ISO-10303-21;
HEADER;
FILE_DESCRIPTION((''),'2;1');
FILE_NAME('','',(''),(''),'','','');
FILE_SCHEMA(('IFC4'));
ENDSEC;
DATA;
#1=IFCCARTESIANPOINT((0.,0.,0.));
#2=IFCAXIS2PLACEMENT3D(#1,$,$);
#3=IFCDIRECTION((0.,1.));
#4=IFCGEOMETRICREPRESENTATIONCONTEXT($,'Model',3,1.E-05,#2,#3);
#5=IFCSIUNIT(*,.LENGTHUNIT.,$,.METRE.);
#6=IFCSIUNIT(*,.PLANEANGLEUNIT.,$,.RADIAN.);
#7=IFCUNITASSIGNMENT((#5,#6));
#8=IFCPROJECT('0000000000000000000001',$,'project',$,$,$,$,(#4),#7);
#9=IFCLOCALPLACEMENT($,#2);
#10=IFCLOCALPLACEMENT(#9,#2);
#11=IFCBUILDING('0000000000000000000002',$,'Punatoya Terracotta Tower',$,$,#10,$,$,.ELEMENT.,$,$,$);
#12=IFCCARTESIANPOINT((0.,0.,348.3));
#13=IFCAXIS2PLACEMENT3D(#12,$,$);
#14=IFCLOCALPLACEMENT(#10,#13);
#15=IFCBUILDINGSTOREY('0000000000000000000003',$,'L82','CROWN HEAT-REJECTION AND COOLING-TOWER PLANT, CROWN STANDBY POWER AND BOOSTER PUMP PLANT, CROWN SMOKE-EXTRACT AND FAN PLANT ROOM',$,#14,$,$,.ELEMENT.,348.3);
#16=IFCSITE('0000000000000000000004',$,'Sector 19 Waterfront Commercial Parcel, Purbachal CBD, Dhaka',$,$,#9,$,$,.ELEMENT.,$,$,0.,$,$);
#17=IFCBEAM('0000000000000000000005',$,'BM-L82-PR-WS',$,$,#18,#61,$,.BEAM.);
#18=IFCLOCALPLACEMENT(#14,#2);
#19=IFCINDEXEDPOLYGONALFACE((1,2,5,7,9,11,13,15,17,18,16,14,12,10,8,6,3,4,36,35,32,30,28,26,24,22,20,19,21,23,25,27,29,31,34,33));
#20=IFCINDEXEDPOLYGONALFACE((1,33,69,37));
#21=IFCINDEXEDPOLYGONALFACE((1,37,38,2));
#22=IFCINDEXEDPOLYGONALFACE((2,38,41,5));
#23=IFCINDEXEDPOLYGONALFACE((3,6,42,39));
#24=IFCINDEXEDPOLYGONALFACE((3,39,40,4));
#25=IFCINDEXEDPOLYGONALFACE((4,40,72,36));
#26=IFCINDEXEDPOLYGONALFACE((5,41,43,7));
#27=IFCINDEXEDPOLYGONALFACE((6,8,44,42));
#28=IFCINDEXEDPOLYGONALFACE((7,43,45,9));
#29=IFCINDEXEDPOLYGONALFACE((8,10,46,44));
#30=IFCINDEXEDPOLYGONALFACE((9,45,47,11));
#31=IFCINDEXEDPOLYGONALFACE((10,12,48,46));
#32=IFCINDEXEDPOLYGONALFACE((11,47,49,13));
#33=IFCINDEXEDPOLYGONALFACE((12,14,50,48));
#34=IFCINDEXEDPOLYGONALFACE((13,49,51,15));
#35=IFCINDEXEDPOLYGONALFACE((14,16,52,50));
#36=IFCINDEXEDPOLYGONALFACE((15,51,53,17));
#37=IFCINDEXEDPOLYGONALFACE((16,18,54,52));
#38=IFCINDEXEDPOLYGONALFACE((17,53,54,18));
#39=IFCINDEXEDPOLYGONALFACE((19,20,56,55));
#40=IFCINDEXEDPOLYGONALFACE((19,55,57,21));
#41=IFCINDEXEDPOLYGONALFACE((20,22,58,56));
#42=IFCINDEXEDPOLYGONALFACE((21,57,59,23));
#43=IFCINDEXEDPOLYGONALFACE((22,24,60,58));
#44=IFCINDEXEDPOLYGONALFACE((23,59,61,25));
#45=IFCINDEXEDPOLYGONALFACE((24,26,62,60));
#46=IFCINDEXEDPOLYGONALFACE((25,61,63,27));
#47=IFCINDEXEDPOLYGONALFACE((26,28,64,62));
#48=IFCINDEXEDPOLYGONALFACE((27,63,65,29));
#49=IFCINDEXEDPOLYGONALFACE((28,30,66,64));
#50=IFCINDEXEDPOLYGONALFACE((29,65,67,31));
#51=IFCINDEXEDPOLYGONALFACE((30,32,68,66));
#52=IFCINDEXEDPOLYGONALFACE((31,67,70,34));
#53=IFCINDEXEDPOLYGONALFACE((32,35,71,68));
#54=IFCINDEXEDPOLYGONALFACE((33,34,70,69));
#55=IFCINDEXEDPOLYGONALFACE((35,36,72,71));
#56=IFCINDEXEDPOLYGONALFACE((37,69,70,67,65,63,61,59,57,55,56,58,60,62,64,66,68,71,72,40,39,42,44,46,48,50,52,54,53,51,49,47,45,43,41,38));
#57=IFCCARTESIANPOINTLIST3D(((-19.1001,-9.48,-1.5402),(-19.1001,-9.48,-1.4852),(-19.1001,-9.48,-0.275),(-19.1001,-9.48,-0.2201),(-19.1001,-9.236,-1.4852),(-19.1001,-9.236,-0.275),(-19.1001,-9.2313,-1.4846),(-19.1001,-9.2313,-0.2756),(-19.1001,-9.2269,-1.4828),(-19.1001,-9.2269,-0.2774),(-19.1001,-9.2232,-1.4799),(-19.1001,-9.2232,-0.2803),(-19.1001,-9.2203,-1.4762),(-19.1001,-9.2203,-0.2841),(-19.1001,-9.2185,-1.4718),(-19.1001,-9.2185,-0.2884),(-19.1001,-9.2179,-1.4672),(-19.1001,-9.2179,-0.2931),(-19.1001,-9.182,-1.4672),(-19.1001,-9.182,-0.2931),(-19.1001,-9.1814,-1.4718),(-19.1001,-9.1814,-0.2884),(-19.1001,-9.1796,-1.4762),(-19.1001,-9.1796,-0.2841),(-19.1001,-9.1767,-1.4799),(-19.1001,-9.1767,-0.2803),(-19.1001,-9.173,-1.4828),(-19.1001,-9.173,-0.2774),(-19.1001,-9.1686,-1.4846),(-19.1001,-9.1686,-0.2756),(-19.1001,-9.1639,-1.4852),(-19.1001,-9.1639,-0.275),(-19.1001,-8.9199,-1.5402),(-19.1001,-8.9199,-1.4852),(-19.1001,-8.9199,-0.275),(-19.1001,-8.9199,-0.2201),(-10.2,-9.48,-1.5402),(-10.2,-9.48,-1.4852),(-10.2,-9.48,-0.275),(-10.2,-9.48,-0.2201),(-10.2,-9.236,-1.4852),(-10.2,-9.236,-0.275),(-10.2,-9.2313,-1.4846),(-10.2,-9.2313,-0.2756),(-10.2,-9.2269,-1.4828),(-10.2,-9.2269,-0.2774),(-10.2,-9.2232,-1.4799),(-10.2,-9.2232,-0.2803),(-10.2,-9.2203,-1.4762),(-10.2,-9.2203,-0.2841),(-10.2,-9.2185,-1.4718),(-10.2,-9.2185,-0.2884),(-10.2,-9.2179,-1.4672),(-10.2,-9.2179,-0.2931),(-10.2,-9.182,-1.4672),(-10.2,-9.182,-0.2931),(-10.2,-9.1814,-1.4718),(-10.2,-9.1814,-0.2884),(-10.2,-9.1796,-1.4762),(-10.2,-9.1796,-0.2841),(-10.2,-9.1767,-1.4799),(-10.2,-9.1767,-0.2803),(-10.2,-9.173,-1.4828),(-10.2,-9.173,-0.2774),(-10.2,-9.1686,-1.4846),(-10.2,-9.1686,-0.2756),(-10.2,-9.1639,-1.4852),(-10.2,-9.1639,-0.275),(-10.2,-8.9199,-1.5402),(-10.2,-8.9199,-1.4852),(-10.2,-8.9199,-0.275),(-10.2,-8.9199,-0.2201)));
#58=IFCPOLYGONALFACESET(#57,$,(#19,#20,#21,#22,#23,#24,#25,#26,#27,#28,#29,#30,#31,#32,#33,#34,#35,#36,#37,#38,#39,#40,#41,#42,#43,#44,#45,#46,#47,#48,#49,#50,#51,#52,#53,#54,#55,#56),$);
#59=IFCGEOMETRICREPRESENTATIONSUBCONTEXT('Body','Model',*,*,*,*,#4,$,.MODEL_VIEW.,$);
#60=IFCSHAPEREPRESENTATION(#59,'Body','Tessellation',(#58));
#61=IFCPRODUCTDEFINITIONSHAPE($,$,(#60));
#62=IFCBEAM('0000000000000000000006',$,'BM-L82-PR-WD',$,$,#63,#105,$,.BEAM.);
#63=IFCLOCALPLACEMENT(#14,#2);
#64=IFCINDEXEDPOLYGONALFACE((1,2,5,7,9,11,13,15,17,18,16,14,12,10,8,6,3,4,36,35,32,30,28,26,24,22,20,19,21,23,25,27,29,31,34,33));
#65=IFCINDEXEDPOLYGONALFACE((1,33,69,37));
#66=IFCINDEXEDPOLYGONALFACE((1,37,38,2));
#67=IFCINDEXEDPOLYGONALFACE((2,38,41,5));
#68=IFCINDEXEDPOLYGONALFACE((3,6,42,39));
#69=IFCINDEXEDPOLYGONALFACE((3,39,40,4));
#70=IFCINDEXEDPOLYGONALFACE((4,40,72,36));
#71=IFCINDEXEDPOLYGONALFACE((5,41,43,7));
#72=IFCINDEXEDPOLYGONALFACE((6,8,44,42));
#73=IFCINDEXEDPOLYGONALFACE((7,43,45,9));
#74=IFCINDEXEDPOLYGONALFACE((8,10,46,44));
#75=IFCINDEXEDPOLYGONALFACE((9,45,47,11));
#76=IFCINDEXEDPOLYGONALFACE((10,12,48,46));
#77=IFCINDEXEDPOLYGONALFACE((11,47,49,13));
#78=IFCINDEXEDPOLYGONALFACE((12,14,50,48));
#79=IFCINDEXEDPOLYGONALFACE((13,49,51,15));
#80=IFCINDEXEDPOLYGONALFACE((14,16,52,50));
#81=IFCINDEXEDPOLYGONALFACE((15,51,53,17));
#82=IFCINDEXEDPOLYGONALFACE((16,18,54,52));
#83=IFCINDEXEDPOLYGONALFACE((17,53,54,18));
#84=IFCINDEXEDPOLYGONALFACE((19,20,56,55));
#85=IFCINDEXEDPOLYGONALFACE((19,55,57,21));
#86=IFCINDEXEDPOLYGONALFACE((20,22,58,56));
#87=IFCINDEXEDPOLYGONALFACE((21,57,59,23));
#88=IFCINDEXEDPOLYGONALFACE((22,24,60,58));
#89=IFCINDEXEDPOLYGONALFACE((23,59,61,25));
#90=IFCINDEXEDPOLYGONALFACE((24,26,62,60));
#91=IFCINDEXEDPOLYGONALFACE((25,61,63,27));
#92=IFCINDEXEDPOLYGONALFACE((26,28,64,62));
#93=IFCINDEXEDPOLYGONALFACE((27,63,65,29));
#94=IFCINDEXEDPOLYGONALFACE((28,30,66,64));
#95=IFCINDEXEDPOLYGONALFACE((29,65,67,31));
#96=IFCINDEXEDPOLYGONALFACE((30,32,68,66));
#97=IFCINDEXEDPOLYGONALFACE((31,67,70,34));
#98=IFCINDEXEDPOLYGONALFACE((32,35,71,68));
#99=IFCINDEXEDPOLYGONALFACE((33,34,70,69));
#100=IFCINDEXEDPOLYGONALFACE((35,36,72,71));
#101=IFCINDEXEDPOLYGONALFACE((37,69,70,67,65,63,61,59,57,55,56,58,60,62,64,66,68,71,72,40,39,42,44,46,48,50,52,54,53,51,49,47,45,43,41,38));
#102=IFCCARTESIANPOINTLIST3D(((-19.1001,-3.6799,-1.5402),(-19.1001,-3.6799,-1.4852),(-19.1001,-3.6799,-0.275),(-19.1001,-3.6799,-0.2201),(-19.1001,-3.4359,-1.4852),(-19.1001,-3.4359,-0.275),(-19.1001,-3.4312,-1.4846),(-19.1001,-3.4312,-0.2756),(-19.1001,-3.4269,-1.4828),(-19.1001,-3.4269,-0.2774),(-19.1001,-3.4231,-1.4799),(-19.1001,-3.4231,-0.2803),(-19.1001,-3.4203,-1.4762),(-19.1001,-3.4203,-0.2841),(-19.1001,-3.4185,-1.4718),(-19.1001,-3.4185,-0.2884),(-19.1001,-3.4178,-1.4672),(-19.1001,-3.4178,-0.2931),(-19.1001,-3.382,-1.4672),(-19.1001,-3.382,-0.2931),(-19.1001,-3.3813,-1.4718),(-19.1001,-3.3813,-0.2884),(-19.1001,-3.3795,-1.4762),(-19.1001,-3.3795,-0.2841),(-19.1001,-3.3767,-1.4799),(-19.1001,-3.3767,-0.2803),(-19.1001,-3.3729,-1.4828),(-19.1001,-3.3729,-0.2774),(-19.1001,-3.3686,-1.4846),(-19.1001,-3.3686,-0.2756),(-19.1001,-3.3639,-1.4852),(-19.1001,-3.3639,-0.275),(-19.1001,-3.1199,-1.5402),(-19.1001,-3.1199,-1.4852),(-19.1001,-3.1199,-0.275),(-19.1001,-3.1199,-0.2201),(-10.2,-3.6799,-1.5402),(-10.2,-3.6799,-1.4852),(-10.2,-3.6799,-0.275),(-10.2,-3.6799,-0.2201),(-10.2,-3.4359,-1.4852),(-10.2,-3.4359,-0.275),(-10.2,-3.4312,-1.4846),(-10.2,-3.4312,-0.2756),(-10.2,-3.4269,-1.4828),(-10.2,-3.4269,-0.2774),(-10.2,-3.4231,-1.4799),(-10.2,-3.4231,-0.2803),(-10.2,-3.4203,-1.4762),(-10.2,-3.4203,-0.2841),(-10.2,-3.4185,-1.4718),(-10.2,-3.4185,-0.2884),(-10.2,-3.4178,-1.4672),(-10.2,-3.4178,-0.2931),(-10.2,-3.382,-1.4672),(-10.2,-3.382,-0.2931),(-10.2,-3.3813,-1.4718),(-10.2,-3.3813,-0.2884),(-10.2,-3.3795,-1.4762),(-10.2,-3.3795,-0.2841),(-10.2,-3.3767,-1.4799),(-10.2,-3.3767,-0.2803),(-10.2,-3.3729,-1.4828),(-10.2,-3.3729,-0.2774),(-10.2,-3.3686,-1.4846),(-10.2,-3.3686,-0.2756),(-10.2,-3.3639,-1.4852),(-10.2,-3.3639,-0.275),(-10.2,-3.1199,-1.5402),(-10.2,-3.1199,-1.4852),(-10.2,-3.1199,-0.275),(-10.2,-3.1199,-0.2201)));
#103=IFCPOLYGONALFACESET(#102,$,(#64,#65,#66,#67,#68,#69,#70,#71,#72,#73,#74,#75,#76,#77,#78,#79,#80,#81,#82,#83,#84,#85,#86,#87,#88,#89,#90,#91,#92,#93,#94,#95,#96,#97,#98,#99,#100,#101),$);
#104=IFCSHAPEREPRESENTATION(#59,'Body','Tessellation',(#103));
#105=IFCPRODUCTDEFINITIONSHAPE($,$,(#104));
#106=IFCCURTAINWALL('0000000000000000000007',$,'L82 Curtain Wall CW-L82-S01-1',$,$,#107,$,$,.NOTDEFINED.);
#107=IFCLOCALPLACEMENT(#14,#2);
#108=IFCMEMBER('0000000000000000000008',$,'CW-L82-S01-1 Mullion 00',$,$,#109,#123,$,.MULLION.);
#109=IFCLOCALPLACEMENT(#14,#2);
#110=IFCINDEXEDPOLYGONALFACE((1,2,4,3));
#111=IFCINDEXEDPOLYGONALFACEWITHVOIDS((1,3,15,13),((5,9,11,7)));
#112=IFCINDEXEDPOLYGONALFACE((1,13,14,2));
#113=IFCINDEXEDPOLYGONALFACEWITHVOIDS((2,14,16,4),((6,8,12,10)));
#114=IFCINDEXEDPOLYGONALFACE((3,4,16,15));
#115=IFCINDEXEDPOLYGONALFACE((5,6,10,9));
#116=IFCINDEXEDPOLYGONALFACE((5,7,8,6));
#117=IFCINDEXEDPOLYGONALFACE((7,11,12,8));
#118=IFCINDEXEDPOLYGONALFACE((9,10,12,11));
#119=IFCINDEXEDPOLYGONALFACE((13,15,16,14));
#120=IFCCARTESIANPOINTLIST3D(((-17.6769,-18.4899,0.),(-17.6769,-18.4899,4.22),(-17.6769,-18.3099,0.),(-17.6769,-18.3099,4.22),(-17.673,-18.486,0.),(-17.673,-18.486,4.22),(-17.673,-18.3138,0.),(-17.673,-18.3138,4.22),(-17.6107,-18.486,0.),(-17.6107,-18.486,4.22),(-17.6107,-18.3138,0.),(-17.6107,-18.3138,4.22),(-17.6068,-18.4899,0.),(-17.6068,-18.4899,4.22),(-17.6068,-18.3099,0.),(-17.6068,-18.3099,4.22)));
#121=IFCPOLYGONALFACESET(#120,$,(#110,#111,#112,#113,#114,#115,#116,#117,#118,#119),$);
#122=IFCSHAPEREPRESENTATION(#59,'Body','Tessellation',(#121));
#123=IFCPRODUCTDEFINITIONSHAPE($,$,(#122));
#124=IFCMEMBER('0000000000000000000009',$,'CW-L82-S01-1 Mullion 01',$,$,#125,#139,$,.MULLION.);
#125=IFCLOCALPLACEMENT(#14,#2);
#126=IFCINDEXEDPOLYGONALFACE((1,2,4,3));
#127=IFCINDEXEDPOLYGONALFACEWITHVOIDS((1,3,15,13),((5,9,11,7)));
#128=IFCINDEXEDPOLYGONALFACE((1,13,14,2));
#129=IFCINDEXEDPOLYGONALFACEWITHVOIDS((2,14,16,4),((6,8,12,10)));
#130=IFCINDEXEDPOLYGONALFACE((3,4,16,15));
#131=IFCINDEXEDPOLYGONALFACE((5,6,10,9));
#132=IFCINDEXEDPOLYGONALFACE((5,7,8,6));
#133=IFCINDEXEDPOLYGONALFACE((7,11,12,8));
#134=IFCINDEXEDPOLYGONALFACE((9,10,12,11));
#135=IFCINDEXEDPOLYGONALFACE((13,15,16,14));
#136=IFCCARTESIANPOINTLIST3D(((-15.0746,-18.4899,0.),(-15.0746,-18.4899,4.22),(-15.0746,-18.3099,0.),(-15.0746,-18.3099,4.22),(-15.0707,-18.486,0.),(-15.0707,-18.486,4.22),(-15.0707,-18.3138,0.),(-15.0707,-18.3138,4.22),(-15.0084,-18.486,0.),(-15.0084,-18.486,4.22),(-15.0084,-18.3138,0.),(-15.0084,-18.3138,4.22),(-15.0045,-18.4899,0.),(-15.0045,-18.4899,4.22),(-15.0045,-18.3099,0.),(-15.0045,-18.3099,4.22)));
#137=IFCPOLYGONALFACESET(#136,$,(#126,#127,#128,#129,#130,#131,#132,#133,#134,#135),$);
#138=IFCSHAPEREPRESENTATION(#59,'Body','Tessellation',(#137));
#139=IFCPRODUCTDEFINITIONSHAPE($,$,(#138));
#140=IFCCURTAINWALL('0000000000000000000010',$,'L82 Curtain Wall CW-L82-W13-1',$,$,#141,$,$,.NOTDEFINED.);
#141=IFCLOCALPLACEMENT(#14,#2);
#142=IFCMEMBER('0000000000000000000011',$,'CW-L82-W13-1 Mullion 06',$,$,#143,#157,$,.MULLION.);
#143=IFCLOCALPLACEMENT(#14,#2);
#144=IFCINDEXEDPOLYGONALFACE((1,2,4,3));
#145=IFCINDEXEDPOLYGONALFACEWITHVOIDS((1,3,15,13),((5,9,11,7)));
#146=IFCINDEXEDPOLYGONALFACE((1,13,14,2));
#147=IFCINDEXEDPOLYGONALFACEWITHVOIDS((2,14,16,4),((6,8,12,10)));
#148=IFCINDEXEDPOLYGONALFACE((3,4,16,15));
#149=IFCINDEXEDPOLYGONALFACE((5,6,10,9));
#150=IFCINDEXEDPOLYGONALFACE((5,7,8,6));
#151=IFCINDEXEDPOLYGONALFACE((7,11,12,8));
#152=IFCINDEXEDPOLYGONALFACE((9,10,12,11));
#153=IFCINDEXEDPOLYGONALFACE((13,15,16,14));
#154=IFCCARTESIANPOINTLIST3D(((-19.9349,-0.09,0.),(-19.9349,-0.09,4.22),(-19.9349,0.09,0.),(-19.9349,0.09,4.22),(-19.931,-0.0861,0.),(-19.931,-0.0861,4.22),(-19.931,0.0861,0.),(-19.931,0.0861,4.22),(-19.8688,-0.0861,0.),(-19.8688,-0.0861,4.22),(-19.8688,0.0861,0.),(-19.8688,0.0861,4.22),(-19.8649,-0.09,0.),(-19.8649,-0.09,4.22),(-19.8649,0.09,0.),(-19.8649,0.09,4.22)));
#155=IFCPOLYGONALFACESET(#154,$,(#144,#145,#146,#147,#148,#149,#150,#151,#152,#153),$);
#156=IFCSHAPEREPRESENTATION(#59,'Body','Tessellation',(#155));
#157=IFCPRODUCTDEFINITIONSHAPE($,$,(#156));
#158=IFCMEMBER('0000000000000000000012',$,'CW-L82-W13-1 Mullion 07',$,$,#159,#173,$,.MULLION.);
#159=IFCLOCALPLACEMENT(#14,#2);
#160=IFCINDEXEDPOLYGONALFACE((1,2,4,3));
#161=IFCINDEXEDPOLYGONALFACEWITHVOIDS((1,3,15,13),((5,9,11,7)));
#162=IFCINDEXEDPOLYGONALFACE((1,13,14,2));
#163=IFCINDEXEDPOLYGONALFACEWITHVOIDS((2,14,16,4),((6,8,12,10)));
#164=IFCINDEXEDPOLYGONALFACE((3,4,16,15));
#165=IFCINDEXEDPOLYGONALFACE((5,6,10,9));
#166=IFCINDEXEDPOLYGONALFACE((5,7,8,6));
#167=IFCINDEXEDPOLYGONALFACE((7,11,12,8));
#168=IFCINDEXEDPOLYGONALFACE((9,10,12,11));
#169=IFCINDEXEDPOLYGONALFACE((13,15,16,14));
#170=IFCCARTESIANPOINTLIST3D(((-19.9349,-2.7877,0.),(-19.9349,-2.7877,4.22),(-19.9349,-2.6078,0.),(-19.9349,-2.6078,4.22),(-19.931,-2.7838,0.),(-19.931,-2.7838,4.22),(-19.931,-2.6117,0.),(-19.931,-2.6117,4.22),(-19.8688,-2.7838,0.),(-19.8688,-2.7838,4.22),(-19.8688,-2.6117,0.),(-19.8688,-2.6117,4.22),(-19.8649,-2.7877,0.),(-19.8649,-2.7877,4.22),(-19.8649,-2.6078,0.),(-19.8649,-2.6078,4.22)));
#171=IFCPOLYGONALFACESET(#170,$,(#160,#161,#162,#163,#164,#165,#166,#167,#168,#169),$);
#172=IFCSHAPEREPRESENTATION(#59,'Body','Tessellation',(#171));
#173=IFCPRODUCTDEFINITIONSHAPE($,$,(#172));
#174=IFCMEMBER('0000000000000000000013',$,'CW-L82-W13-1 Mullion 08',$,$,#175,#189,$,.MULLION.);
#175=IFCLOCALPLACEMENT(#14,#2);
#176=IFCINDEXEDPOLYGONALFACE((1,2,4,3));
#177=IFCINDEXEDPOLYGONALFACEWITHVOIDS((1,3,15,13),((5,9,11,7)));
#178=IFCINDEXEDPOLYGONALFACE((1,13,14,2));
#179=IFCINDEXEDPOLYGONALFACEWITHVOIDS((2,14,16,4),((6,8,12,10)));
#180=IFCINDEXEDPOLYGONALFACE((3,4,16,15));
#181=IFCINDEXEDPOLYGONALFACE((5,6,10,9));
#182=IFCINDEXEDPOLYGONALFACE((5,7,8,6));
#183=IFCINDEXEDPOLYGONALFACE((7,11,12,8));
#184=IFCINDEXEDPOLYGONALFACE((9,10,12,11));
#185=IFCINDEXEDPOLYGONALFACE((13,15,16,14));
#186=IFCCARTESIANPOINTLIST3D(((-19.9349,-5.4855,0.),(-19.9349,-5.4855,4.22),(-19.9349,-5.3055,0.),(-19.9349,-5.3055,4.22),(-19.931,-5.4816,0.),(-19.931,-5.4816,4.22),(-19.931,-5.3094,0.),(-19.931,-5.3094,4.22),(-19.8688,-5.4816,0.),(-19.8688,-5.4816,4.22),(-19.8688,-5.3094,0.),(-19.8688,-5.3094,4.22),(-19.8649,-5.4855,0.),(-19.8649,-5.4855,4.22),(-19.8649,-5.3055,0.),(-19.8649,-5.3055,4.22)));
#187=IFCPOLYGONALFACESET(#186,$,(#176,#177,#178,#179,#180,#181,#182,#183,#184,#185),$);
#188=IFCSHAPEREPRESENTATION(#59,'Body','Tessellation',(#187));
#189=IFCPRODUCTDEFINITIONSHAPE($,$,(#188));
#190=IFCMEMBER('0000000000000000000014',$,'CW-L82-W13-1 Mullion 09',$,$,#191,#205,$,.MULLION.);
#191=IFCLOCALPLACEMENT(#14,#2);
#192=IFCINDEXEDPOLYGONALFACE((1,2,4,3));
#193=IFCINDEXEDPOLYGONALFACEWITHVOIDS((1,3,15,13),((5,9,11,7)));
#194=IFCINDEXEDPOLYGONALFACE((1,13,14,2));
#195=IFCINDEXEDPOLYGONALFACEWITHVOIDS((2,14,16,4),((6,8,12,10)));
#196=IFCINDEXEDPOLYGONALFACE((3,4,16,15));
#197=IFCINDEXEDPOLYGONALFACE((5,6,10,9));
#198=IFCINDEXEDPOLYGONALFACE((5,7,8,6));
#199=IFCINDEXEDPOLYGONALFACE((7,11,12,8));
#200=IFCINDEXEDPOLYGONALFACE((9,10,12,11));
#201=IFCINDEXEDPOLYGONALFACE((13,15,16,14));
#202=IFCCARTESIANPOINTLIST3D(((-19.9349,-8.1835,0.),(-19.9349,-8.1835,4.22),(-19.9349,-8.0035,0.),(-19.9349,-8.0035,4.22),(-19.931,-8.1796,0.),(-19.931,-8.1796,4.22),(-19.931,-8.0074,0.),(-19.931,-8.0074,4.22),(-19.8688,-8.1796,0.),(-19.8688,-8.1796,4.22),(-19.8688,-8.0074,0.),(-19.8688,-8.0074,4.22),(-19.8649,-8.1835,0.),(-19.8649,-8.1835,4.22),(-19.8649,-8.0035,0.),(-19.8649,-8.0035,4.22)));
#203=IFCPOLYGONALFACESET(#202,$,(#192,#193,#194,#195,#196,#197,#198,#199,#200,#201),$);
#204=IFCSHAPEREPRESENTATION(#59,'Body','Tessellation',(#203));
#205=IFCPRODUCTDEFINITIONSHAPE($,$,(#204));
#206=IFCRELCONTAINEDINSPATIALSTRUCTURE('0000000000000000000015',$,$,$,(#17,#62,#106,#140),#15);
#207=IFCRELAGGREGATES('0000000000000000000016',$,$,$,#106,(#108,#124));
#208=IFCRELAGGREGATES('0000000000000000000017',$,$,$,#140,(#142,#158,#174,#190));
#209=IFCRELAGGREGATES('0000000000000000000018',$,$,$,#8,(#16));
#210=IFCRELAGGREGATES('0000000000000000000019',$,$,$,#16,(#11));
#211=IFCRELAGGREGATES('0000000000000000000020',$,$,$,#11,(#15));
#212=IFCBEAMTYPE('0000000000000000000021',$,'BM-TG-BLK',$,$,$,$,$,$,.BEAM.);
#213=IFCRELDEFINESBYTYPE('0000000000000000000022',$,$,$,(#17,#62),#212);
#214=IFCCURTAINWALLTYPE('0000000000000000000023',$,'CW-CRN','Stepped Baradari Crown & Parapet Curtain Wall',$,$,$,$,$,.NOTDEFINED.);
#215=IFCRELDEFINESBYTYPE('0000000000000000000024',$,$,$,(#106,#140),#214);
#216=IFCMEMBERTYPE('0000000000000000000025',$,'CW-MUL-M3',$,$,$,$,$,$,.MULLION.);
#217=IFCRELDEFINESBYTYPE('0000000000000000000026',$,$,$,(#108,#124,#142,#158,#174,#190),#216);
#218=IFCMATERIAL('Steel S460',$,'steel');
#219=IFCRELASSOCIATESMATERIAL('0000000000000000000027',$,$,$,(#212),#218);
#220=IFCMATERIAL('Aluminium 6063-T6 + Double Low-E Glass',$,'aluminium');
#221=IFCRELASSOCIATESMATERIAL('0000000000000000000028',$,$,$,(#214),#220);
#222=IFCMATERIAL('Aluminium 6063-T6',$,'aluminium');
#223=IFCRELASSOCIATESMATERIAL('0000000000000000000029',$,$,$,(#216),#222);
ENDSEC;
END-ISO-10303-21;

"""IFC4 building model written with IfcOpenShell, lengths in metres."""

from ifc_helpers import new_model, si_unit, direction, frame, origin, origin_2d, place, context, subcontext, project, spatial, hollow_rectangle, i_section, extrude, material, material_profile, profile_set, type_object, element, aggregate, save


model = new_model("IFC4")

# Units and contexts
model_context = context("Model", 3, precision=1e-05, world=origin(), true_north=direction((0.0, 1.0)))
body_context = subcontext(model_context, "Body", "Model", "MODEL_VIEW")
ifc_project = project(units=[si_unit("LENGTHUNIT", "METRE"), si_unit("PLANEANGLEUNIT", "RADIAN")], contexts=[model_context])

# Site, building, storey
site_placement = place(None, origin())
site = spatial("IfcSite", under=ifc_project, at=site_placement, Name="Sector 19 Waterfront Commercial Parcel, Purbachal CBD, Dhaka", CompositionType="ELEMENT", RefElevation=0.0)
building_placement = place(site_placement, origin())
building = spatial("IfcBuilding", under=site, at=building_placement, Name="Punatoya Terracotta Tower", CompositionType="ELEMENT")
storey_placement = place(building_placement, frame((0.0, 0.0, 348.3)))
storey = spatial("IfcBuildingStorey", under=building, at=storey_placement, Name="L82", Description="CROWN HEAT-REJECTION AND COOLING-TOWER PLANT, CROWN STANDBY POWER AND BOOSTER PUMP PLANT, CROWN SMOKE-EXTRACT AND FAN PLANT ROOM", CompositionType="ELEMENT", Elevation=348.3)

# Shared definitions
ifc_material_1 = material(Name="Steel S460", Category="steel")

# Beams
ifc_material_profile_1 = material_profile(ifc_material_1, i_section(OverallWidth=0.5601, OverallDepth=1.3201, WebThickness=0.0359, FlangeThickness=0.0549, FilletRadius=0.0181, at=origin_2d()))
ifc_profile_set_1 = profile_set([ifc_material_profile_1], Name="Steel S460")
beam_type = type_object("IfcBeamType", Name="BM-TG-BLK", PredefinedType="BEAM", material=ifc_profile_set_1)
for number, where, z_axis, x_axis, name in (
    (1, (-19.1001, -9.2, -0.8801), (1.0, 0.0, 0.0), (0.0, 1.0, 0.0), "BM-L82-PR-WS"),
    (2, (-19.1001, -3.3999, -0.8801), (1.0, 0.0, 0.0), (0.0, 1.0, 0.0), "BM-L82-PR-WD"),
):
    element("IfcBeam", number, at=place(storey_placement, frame(where, z_axis=z_axis, x_axis=x_axis)), inside=storey, type_object=beam_type, Name=name, PredefinedType="BEAM", context=body_context, shape_type="SweptSolid", body=[
        extrude(i_section(OverallWidth=0.5601, OverallDepth=1.3201, WebThickness=0.0359, FlangeThickness=0.0549, FilletRadius=0.0181, at=origin_2d()), origin(), (0.0, 0.0, 1.0), 8.9001),
    ])

# Curtain walls, members
ifc_material_2 = material(Name="Aluminium 6063-T6 + Double Low-E Glass", Category="aluminium")
curtain_wall_type = type_object("IfcCurtainWallType", Name="CW-CRN", Description="Stepped Baradari Crown & Parapet Curtain Wall", PredefinedType="NOTDEFINED", material=ifc_material_2)
curtain_wall_1_placement = place(storey_placement, origin())
curtain_wall_1 = element("IfcCurtainWall", 3, at=curtain_wall_1_placement, inside=storey, type_object=curtain_wall_type, Name="L82 Curtain Wall CW-L82-S01-1", PredefinedType="NOTDEFINED")
ifc_material_3 = material(Name="Aluminium 6063-T6", Category="aluminium")
ifc_material_profile_2 = material_profile(ifc_material_3, hollow_rectangle(XDim=0.0701, YDim=0.1799, WallThickness=0.0039, at=origin_2d()))
ifc_profile_set_2 = profile_set([ifc_material_profile_2], Name="Aluminium 6063-T6")
member_type_1 = type_object("IfcMemberType", Name="CW-MUL-M3", PredefinedType="MULLION", material=ifc_profile_set_2)
member_1_placement = place(storey_placement, frame((-17.6418, -18.3999, 0.0), z_axis=(0.0, 0.0, 1.0), x_axis=(1.0, 0.0, 0.0)))
member_1 = element("IfcMember", 4, at=member_1_placement, type_object=member_type_1, Name="CW-L82-S01-1 Mullion 00", PredefinedType="MULLION", context=body_context, shape_type="SweptSolid", body=[
    extrude(hollow_rectangle(XDim=0.0701, YDim=0.1799, WallThickness=0.0039, at=origin_2d()), origin(), (0.0, 0.0, 1.0), 4.22),
])
member_2_placement = place(storey_placement, frame((-15.0396, -18.3999, 0.0), z_axis=(0.0, 0.0, 1.0), x_axis=(1.0, 0.0, 0.0)))
member_2 = element("IfcMember", 5, at=member_2_placement, type_object=member_type_1, Name="CW-L82-S01-1 Mullion 01", PredefinedType="MULLION", context=body_context, shape_type="SweptSolid", body=[
    extrude(hollow_rectangle(XDim=0.0701, YDim=0.1799, WallThickness=0.0039, at=origin_2d()), origin(), (0.0, 0.0, 1.0), 4.22),
])
curtain_wall_2_placement = place(storey_placement, origin())
curtain_wall_2 = element("IfcCurtainWall", 6, at=curtain_wall_2_placement, inside=storey, type_object=curtain_wall_type, Name="L82 Curtain Wall CW-L82-W13-1", PredefinedType="NOTDEFINED")
member_3_placement = place(storey_placement, frame((-19.8999, 0.0, 0.0), z_axis=(0.0, 0.0, 1.0), x_axis=(1.0, 0.0, 0.0)))
member_3 = element("IfcMember", 7, at=member_3_placement, type_object=member_type_1, Name="CW-L82-W13-1 Mullion 06", PredefinedType="MULLION", context=body_context, shape_type="SweptSolid", body=[
    extrude(hollow_rectangle(XDim=0.0701, YDim=0.1799, WallThickness=0.0039, at=origin_2d()), origin(), (0.0, 0.0, 1.0), 4.22),
])
member_4_placement = place(storey_placement, frame((-19.8999, -2.6978, 0.0), z_axis=(0.0, 0.0, 1.0), x_axis=(1.0, 0.0, 0.0)))
member_4 = element("IfcMember", 8, at=member_4_placement, type_object=member_type_1, Name="CW-L82-W13-1 Mullion 07", PredefinedType="MULLION", context=body_context, shape_type="SweptSolid", body=[
    extrude(hollow_rectangle(XDim=0.0701, YDim=0.1799, WallThickness=0.0039, at=origin_2d()), origin(), (0.0, 0.0, 1.0), 4.22),
])
member_5_placement = place(storey_placement, frame((-19.8999, -5.3955, 0.0), z_axis=(0.0, 0.0, 1.0), x_axis=(1.0, 0.0, 0.0)))
member_5 = element("IfcMember", 9, at=member_5_placement, type_object=member_type_1, Name="CW-L82-W13-1 Mullion 08", PredefinedType="MULLION", context=body_context, shape_type="SweptSolid", body=[
    extrude(hollow_rectangle(XDim=0.0701, YDim=0.1799, WallThickness=0.0039, at=origin_2d()), origin(), (0.0, 0.0, 1.0), 4.22),
])
member_6_placement = place(storey_placement, frame((-19.8999, -8.0935, 0.0), z_axis=(0.0, 0.0, 1.0), x_axis=(1.0, 0.0, 0.0)))
member_6 = element("IfcMember", 10, at=member_6_placement, type_object=member_type_1, Name="CW-L82-W13-1 Mullion 09", PredefinedType="MULLION", context=body_context, shape_type="SweptSolid", body=[
    extrude(hollow_rectangle(XDim=0.0701, YDim=0.1799, WallThickness=0.0039, at=origin_2d()), origin(), (0.0, 0.0, 1.0), 4.22),
])

aggregate(curtain_wall_1, [member_1, member_2])
aggregate(curtain_wall_2, [member_3, member_4, member_5, member_6])

save(model, "model.ifc")
